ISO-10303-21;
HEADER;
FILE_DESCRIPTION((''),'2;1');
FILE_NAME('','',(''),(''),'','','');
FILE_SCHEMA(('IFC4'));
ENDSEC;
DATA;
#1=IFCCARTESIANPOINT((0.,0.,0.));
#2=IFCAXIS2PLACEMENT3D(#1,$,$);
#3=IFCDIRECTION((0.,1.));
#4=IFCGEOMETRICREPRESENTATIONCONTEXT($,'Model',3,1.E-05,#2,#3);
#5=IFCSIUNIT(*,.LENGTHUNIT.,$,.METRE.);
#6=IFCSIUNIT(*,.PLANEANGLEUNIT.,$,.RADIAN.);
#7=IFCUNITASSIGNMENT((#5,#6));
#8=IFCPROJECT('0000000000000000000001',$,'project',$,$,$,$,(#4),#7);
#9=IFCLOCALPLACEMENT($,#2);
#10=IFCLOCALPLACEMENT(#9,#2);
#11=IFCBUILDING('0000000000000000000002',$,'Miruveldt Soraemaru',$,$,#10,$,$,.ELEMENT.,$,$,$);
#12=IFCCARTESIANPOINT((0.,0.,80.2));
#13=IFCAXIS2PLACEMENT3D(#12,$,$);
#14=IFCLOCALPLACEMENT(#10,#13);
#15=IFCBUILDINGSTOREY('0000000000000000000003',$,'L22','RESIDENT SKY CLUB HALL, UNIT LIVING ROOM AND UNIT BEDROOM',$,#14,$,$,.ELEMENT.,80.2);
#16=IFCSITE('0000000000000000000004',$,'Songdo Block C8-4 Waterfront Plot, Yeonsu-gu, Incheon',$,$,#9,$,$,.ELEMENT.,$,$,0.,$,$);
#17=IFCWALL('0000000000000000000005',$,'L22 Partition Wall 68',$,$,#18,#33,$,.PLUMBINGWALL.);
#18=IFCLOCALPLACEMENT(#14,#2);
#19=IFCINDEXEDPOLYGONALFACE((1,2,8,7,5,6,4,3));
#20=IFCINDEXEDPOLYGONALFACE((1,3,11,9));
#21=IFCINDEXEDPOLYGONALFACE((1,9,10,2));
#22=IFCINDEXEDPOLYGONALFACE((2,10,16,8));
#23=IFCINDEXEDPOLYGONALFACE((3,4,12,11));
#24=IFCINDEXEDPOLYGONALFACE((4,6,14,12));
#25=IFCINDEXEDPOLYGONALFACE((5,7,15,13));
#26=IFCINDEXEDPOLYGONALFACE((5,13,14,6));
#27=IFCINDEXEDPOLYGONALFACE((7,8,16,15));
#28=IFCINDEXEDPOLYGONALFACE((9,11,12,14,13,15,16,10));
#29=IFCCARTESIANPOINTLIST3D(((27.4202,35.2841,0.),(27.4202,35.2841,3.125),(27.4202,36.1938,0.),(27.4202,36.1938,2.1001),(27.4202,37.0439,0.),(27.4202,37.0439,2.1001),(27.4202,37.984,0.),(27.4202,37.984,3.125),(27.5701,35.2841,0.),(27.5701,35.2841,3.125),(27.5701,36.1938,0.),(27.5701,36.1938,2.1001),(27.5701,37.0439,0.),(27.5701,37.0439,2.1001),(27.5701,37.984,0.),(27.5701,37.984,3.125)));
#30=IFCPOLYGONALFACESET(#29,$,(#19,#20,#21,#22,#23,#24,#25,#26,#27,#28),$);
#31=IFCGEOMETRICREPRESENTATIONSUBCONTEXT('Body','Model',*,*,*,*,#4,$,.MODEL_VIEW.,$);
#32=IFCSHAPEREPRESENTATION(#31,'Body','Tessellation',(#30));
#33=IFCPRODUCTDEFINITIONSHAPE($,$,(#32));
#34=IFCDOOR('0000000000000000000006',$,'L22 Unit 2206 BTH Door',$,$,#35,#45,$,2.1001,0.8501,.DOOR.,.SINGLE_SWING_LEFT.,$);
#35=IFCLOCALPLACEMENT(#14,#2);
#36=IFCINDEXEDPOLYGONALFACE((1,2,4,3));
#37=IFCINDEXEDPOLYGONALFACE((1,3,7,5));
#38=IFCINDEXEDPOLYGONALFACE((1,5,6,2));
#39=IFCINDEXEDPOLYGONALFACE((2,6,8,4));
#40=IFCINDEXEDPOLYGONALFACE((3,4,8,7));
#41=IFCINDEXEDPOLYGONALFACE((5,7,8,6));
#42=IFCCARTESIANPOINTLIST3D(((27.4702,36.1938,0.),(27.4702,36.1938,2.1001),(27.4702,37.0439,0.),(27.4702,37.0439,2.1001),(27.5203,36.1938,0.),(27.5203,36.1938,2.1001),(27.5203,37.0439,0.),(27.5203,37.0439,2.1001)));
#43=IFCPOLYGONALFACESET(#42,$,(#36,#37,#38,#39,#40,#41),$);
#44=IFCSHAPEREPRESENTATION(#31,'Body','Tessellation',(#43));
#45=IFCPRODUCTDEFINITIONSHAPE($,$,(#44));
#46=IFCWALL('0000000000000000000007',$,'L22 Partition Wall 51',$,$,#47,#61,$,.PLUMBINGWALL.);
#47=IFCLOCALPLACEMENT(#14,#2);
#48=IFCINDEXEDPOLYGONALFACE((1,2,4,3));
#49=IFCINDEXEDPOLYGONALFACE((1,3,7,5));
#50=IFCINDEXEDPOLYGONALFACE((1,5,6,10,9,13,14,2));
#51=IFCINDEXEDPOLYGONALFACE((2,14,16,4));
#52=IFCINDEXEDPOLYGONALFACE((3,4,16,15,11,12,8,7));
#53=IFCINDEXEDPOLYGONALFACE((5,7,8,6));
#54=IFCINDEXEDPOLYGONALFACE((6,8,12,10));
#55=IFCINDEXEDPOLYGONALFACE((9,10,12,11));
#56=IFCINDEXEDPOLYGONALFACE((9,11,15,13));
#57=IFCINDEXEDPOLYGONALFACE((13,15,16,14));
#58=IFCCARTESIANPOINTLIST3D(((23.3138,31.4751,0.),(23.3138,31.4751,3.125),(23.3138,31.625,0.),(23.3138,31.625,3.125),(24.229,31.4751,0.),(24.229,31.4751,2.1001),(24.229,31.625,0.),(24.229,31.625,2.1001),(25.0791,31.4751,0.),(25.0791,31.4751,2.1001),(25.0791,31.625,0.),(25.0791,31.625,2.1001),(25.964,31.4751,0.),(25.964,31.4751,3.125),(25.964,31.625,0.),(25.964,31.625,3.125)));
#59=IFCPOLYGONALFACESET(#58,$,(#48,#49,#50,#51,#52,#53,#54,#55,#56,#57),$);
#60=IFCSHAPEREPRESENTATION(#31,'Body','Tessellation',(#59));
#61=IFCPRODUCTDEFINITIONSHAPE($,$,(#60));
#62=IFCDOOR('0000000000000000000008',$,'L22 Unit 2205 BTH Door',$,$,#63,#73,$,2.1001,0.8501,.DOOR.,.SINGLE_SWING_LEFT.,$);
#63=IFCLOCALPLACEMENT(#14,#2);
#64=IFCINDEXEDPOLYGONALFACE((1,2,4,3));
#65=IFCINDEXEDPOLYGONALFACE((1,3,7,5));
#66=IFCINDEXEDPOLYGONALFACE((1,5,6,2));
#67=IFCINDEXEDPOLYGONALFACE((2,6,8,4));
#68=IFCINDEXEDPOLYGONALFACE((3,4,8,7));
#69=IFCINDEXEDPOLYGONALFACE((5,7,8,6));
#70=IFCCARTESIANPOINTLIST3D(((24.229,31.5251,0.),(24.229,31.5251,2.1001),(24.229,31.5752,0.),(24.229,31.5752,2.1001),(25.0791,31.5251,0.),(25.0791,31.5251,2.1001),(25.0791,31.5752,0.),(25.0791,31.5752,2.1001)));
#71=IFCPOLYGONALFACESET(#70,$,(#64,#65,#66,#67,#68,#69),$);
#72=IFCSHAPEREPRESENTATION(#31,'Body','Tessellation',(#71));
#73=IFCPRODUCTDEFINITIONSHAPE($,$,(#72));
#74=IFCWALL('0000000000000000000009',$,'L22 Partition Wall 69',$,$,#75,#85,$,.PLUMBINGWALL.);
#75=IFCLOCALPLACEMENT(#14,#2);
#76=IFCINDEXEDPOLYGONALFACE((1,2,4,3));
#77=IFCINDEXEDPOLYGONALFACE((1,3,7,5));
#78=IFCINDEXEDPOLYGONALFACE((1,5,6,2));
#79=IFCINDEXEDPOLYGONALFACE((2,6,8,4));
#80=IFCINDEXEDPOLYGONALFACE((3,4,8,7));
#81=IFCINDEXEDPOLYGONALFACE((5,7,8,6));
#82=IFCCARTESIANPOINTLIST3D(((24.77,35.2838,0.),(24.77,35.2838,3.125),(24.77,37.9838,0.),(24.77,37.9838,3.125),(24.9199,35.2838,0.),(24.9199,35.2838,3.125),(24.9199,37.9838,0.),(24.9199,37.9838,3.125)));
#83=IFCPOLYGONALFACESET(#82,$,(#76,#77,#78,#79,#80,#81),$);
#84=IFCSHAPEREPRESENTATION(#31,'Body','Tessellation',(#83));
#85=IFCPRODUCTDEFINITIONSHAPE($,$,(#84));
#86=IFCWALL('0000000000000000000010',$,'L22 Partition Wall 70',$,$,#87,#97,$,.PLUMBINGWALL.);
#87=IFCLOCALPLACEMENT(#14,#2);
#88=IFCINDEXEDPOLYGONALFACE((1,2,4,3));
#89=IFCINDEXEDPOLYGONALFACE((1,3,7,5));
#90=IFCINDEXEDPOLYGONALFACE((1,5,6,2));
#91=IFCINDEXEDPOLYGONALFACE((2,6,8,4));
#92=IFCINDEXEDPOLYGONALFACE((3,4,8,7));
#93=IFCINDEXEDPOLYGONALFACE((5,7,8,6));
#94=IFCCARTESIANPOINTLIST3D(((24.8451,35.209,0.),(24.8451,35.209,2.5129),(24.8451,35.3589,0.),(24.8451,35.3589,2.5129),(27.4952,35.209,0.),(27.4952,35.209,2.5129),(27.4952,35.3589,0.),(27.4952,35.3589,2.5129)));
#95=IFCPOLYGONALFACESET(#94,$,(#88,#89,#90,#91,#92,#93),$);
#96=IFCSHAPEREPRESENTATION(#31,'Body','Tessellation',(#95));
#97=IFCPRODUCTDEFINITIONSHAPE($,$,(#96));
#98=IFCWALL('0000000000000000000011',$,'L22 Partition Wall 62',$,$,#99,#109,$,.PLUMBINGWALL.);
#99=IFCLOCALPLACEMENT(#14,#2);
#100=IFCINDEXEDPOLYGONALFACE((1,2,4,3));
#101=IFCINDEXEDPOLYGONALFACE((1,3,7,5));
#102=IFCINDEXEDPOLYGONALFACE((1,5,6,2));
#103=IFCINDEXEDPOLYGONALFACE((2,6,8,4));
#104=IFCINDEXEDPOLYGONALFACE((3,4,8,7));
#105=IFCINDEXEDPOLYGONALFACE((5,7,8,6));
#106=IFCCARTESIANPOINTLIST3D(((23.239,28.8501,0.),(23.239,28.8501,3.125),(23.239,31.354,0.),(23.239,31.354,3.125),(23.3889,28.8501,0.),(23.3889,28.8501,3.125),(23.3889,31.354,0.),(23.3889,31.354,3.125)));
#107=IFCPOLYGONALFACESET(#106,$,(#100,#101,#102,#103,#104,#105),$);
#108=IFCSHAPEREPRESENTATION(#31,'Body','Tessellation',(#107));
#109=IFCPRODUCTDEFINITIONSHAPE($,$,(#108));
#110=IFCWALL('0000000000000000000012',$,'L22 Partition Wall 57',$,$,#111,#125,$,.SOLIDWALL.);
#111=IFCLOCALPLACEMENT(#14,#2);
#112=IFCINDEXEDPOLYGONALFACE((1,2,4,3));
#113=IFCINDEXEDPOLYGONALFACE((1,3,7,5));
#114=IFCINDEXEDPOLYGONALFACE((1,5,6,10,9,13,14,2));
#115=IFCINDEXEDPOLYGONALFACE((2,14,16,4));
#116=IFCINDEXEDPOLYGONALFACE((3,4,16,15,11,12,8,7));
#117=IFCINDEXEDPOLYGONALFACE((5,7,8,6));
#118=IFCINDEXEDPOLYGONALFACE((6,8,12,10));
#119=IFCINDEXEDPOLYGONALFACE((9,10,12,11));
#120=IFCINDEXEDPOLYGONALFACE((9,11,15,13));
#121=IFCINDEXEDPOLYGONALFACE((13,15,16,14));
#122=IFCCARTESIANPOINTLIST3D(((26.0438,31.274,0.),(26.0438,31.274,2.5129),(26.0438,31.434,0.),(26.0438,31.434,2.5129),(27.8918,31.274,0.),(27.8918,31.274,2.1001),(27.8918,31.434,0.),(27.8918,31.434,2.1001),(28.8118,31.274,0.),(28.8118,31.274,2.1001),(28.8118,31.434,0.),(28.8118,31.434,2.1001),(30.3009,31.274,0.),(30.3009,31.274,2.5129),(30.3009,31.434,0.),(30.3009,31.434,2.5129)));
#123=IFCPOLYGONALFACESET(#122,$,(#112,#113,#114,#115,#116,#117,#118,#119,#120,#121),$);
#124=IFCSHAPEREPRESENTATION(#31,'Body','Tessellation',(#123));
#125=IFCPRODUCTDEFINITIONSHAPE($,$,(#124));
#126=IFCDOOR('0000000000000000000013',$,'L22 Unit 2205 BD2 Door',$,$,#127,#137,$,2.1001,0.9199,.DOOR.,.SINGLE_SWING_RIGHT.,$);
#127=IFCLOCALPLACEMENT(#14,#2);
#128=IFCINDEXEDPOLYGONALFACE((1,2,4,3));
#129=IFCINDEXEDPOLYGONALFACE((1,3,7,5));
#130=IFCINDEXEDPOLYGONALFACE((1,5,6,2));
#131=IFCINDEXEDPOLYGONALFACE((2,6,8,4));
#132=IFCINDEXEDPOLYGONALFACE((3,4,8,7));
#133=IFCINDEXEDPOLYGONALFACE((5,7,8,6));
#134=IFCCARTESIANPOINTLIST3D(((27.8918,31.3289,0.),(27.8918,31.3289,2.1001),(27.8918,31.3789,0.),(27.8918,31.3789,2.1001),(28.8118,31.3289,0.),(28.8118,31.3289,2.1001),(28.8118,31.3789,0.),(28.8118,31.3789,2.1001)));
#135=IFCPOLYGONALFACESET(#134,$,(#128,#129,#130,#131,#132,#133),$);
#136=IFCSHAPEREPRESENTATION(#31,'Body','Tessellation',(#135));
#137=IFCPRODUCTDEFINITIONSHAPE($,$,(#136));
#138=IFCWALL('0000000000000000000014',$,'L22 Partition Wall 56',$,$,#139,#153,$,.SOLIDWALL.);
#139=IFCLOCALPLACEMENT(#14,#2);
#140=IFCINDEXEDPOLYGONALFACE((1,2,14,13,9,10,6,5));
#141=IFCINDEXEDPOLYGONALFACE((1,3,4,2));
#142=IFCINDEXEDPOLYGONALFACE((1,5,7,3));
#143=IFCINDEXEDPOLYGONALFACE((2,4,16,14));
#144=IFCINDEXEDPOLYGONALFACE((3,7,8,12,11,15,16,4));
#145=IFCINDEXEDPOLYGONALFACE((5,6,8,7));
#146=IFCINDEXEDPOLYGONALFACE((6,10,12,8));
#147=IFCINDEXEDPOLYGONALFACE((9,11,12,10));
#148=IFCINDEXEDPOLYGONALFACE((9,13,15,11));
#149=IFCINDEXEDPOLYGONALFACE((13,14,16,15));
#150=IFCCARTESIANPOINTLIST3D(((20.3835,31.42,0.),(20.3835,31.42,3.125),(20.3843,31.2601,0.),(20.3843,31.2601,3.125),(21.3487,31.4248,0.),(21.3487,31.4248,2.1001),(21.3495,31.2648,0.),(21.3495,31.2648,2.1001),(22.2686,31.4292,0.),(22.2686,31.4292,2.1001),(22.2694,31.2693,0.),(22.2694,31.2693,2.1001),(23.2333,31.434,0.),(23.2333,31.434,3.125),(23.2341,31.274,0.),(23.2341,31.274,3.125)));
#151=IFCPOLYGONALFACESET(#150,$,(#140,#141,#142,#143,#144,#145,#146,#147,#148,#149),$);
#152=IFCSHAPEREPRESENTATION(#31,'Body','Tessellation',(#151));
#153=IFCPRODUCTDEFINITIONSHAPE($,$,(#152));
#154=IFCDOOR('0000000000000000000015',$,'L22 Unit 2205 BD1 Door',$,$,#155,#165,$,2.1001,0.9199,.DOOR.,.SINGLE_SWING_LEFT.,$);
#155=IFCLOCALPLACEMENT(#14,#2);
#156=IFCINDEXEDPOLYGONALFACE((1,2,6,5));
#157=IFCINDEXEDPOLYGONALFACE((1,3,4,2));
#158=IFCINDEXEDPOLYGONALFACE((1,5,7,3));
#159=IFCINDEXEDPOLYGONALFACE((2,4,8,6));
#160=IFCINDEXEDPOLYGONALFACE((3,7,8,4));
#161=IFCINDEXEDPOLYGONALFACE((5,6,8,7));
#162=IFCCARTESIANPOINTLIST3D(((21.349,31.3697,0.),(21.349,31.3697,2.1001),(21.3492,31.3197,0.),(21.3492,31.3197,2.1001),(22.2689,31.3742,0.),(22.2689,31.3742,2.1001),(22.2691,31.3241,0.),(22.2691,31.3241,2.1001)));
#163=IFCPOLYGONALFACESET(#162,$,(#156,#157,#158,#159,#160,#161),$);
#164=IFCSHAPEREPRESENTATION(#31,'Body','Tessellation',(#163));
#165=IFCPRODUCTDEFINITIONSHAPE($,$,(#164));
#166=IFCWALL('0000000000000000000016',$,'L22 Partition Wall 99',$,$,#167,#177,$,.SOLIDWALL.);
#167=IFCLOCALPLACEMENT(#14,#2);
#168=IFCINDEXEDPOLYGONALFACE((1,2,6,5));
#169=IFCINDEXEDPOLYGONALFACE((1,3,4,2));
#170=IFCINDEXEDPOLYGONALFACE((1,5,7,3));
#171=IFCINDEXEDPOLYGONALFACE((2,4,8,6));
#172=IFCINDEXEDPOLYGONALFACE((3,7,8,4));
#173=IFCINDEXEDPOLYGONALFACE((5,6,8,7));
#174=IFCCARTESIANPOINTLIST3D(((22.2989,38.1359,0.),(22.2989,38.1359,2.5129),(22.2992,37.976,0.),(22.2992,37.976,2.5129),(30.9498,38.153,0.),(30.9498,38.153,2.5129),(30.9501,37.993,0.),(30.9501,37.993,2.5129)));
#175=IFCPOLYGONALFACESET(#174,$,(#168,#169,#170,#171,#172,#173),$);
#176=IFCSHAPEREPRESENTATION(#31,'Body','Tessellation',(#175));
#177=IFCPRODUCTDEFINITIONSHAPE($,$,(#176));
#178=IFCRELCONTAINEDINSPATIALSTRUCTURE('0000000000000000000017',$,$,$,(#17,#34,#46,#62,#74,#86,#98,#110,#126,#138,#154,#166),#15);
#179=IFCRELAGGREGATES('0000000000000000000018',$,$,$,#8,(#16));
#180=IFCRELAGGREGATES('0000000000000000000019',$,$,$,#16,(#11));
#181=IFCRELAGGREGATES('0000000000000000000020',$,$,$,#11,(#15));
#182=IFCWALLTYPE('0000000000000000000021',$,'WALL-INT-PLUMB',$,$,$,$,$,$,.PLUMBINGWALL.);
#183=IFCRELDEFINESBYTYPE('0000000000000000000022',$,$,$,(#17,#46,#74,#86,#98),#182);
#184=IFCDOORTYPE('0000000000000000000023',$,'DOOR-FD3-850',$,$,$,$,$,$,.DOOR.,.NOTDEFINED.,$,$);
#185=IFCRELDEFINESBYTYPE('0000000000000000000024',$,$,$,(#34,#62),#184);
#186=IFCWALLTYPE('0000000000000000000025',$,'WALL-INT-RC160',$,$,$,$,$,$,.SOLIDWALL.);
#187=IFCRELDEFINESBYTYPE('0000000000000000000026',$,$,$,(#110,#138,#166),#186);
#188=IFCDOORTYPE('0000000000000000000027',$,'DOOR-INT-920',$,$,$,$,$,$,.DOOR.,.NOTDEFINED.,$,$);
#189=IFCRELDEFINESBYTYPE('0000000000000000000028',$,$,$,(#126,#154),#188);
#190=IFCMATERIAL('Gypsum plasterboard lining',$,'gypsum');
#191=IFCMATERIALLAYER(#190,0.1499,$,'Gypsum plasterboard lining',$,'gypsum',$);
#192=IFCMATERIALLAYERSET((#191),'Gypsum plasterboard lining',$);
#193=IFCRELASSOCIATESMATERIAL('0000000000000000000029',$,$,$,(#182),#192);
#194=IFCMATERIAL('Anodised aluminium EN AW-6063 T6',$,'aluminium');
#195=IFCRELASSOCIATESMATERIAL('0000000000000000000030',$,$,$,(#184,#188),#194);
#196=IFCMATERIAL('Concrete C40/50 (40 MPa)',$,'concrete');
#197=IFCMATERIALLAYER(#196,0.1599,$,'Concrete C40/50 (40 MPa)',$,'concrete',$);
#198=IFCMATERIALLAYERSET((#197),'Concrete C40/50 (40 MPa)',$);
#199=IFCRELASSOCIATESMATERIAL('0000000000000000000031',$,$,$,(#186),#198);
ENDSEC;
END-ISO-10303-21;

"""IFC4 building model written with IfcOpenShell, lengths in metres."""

from ifc_helpers import new_model, si_unit, direction, frame, frame_2d, origin, place, context, subcontext, project, spatial, rectangle, extrude, material, layer, layer_set, type_object, element, fill, save


model = new_model("IFC4")

# Units and contexts
model_context = context("Model", 3, precision=1e-05, world=origin(), true_north=direction((0.0, 1.0)))
body_context = subcontext(model_context, "Body", "Model", "MODEL_VIEW")
ifc_project = project(units=[si_unit("LENGTHUNIT", "METRE"), si_unit("PLANEANGLEUNIT", "RADIAN")], contexts=[model_context])

# Site, building, storey
site_placement = place(None, origin())
site = spatial("IfcSite", under=ifc_project, at=site_placement, Name="Songdo Block C8-4 Waterfront Plot, Yeonsu-gu, Incheon", CompositionType="ELEMENT", RefElevation=0.0)
building_placement = place(site_placement, origin())
building = spatial("IfcBuilding", under=site, at=building_placement, Name="Miruveldt Soraemaru", CompositionType="ELEMENT")
storey_placement = place(building_placement, frame((0.0, 0.0, 80.2)))
storey = spatial("IfcBuildingStorey", under=building, at=storey_placement, Name="L22", Description="RESIDENT SKY CLUB HALL, UNIT LIVING ROOM AND UNIT BEDROOM", CompositionType="ELEMENT", Elevation=80.2)

# Walls, openings, doors
ifc_material_1 = material(Name="Gypsum plasterboard lining", Category="gypsum")
ifc_layer_1 = layer(ifc_material_1, 0.1499, Name="Gypsum plasterboard lining", Category="gypsum")
ifc_layer_set_1 = layer_set([ifc_layer_1], Name="Gypsum plasterboard lining")
wall_type_1 = type_object("IfcWallType", Name="WALL-INT-PLUMB", PredefinedType="PLUMBINGWALL", material=ifc_layer_set_1)
wall_1_placement = place(storey_placement, frame((27.4951, 35.2839, 0.0), z_axis=(0.0, 0.0, 1.0), x_axis=(0.0, 1.0, 0.0)))
wall_1 = element("IfcWall", 1, at=wall_1_placement, inside=storey, type_object=wall_type_1, Name="L22 Partition Wall 68", PredefinedType="PLUMBINGWALL", context=body_context, shape_type="SweptSolid", body=[
    extrude(rectangle(XDim=2.7, YDim=0.1499, at=frame_2d((1.3501, 0.0))), origin(), (0.0, 0.0, 1.0), 3.125),
])
opening_1_placement = place(wall_1_placement, frame((0.9099, 0.0, 0.0)))
opening_1 = element("IfcOpeningElement", 2, at=opening_1_placement, cuts=wall_1, PredefinedType="OPENING", context=body_context, shape_type="SweptSolid", body=[
    extrude(rectangle(XDim=0.8501, YDim=2.1001, at=frame_2d((0.425, 1.05))), frame((0.0, 0.085, 0.0), z_axis=(0.0, -1.0, 0.0), x_axis=(1.0, 0.0, 0.0)), (0.0, 0.0, 1.0), 0.1699),
])
ifc_material_2 = material(Name="Anodised aluminium EN AW-6063 T6", Category="aluminium")
door_type_1 = type_object("IfcDoorType", Name="DOOR-FD3-850", OperationType="NOTDEFINED", PredefinedType="DOOR", material=ifc_material_2)
door_1_placement = place(opening_1_placement, origin())
door_1 = element("IfcDoor", 3, at=door_1_placement, inside=storey, type_object=door_type_1, Name="L22 Unit 2206 BTH Door", OperationType="SINGLE_SWING_LEFT", OverallHeight=2.1001, OverallWidth=0.8501, PredefinedType="DOOR", context=body_context, shape_type="SweptSolid", body=[
    extrude(rectangle(XDim=0.8501, YDim=2.1001, at=frame_2d((0.425, 1.05))), frame((0.0, 0.0249, 0.0), z_axis=(0.0, -1.0, 0.0), x_axis=(1.0, 0.0, 0.0)), (0.0, 0.0, 1.0), 0.05),
])
fill(opening_1, door_1)
wall_2_placement = place(storey_placement, frame((25.9641, 31.55, 0.0), z_axis=(0.0, 0.0, 1.0), x_axis=(-1.0, 0.0, 0.0)))
wall_2 = element("IfcWall", 4, at=wall_2_placement, inside=storey, type_object=wall_type_1, Name="L22 Partition Wall 51", PredefinedType="PLUMBINGWALL", context=body_context, shape_type="SweptSolid", body=[
    extrude(rectangle(XDim=2.6501, YDim=0.1499, at=frame_2d((1.3252, 0.0))), origin(), (0.0, 0.0, 1.0), 3.125),
])
opening_2_placement = place(wall_2_placement, frame((0.885, 0.0, 0.0)))
opening_2 = element("IfcOpeningElement", 5, at=opening_2_placement, cuts=wall_2, PredefinedType="OPENING", context=body_context, shape_type="SweptSolid", body=[
    extrude(rectangle(XDim=0.8501, YDim=2.1001, at=frame_2d((0.425, 1.05))), frame((0.0, 0.085, 0.0), z_axis=(0.0, -1.0, 0.0), x_axis=(1.0, 0.0, 0.0)), (0.0, 0.0, 1.0), 0.1699),
])
door_2_placement = place(opening_2_placement, origin())
door_2 = element("IfcDoor", 6, at=door_2_placement, inside=storey, type_object=door_type_1, Name="L22 Unit 2205 BTH Door", OperationType="SINGLE_SWING_LEFT", OverallHeight=2.1001, OverallWidth=0.8501, PredefinedType="DOOR", context=body_context, shape_type="SweptSolid", body=[
    extrude(rectangle(XDim=0.8501, YDim=2.1001, at=frame_2d((0.425, 1.05))), frame((0.0, 0.0249, 0.0), z_axis=(0.0, -1.0, 0.0), x_axis=(1.0, 0.0, 0.0)), (0.0, 0.0, 1.0), 0.05),
])
fill(opening_2, door_2)

# Walls
wall_3_placement = place(storey_placement, frame((24.845, 37.9839, 0.0), z_axis=(0.0, 0.0, 1.0), x_axis=(0.0, -1.0, 0.0)))
element("IfcWall", 7, at=wall_3_placement, inside=storey, type_object=wall_type_1, Name="L22 Partition Wall 69", PredefinedType="PLUMBINGWALL", context=body_context, shape_type="SweptSolid", body=[
    extrude(rectangle(XDim=2.7, YDim=0.1499, at=frame_2d((1.3501, 0.0))), origin(), (0.0, 0.0, 1.0), 3.125),
])
wall_4_placement = place(storey_placement, frame((24.845, 35.2839, 0.0), z_axis=(0.0, 0.0, 1.0), x_axis=(1.0, 0.0, 0.0)))
element("IfcWall", 8, at=wall_4_placement, inside=storey, type_object=wall_type_1, Name="L22 Partition Wall 70", PredefinedType="PLUMBINGWALL", context=body_context, shape_type="SweptSolid", body=[
    extrude(rectangle(XDim=2.6501, YDim=0.1499, at=frame_2d((1.3252, 0.0))), origin(), (0.0, 0.0, 1.0), 2.5129),
])
wall_5_placement = place(storey_placement, frame((23.314, 31.354, 0.0), z_axis=(0.0, 0.0, 1.0), x_axis=(0.0, -1.0, 0.0)))
element("IfcWall", 9, at=wall_5_placement, inside=storey, type_object=wall_type_1, Name="L22 Partition Wall 62", PredefinedType="PLUMBINGWALL", context=body_context, shape_type="SweptSolid", body=[
    extrude(rectangle(XDim=2.5039, YDim=0.1499, at=frame_2d((1.252, 0.0))), origin(), (0.0, 0.0, 1.0), 3.125),
])

# Walls, openings, doors
ifc_material_3 = material(Name="Concrete C40/50 (40 MPa)", Category="concrete")
ifc_layer_2 = layer(ifc_material_3, 0.1599, Name="Concrete C40/50 (40 MPa)", Category="concrete")
ifc_layer_set_2 = layer_set([ifc_layer_2], Name="Concrete C40/50 (40 MPa)")
wall_type_2 = type_object("IfcWallType", Name="WALL-INT-RC160", PredefinedType="SOLIDWALL", material=ifc_layer_set_2)
wall_6_placement = place(storey_placement, frame((26.0439, 31.354, 0.0), z_axis=(0.0, 0.0, 1.0), x_axis=(1.0, 0.0, 0.0)))
wall_6 = element("IfcWall", 10, at=wall_6_placement, inside=storey, type_object=wall_type_2, Name="L22 Partition Wall 57", PredefinedType="SOLIDWALL", context=body_context, shape_type="SweptSolid", body=[
    extrude(rectangle(XDim=4.2571, YDim=0.1599, at=frame_2d((2.1284, 0.0))), origin(), (0.0, 0.0, 1.0), 2.5129),
])
opening_3_placement = place(wall_6_placement, frame((1.8479, 0.0, 0.0)))
opening_3 = element("IfcOpeningElement", 11, at=opening_3_placement, cuts=wall_6, PredefinedType="OPENING", context=body_context, shape_type="SweptSolid", body=[
    extrude(rectangle(XDim=0.9199, YDim=2.1001, at=frame_2d((0.46, 1.05))), frame((0.0, 0.0898, 0.0), z_axis=(0.0, -1.0, 0.0), x_axis=(1.0, 0.0, 0.0)), (0.0, 0.0, 1.0), 0.1799),
])
door_type_2 = type_object("IfcDoorType", Name="DOOR-INT-920", OperationType="NOTDEFINED", PredefinedType="DOOR", material=ifc_material_2)
door_3_placement = place(opening_3_placement, origin())
door_3 = element("IfcDoor", 12, at=door_3_placement, inside=storey, type_object=door_type_2, Name="L22 Unit 2205 BD2 Door", OperationType="SINGLE_SWING_RIGHT", OverallHeight=2.1001, OverallWidth=0.9199, PredefinedType="DOOR", context=body_context, shape_type="SweptSolid", body=[
    extrude(rectangle(XDim=0.9199, YDim=2.1001, at=frame_2d((0.46, 1.05))), frame((0.0, 0.0249, 0.0), z_axis=(0.0, -1.0, 0.0), x_axis=(1.0, 0.0, 0.0)), (0.0, 0.0, 1.0), 0.05),
])
fill(opening_3, door_3)
wall_7_placement = place(storey_placement, frame((20.384, 31.3401, 0.0), z_axis=(0.0, 0.0, 1.0), x_axis=(0.999988, 0.004883, 0.0)))
wall_7 = element("IfcWall", 13, at=wall_7_placement, inside=storey, type_object=wall_type_2, Name="L22 Partition Wall 56", PredefinedType="SOLIDWALL", context=body_context, shape_type="SweptSolid", body=[
    extrude(rectangle(XDim=2.8499, YDim=0.1599, at=frame_2d((1.4248, 0.0))), origin(), (0.0, 0.0, 1.0), 3.125),
])
opening_4_placement = place(wall_7_placement, frame((0.9651, 0.0, 0.0)))
opening_4 = element("IfcOpeningElement", 14, at=opening_4_placement, cuts=wall_7, PredefinedType="OPENING", context=body_context, shape_type="SweptSolid", body=[
    extrude(rectangle(XDim=0.9199, YDim=2.1001, at=frame_2d((0.46, 1.05))), frame((0.0, 0.0898, 0.0), z_axis=(0.0, -1.0, 0.0), x_axis=(1.0, 0.0, 0.0)), (0.0, 0.0, 1.0), 0.1799),
])
door_4_placement = place(opening_4_placement, origin())
door_4 = element("IfcDoor", 15, at=door_4_placement, inside=storey, type_object=door_type_2, Name="L22 Unit 2205 BD1 Door", OperationType="SINGLE_SWING_LEFT", OverallHeight=2.1001, OverallWidth=0.9199, PredefinedType="DOOR", context=body_context, shape_type="SweptSolid", body=[
    extrude(rectangle(XDim=0.9199, YDim=2.1001, at=frame_2d((0.46, 1.05))), frame((0.0, 0.0249, 0.0), z_axis=(0.0, -1.0, 0.0), x_axis=(1.0, 0.0, 0.0)), (0.0, 0.0, 1.0), 0.05),
])
fill(opening_4, door_4)

# Wall
wall_8_placement = place(storey_placement, frame((30.95, 38.073, 0.0), z_axis=(0.0, 0.0, 1.0), x_axis=(-0.999998, -0.001975, 0.0)))
element("IfcWall", 16, at=wall_8_placement, inside=storey, type_object=wall_type_2, Name="L22 Partition Wall 99", PredefinedType="SOLIDWALL", context=body_context, shape_type="SweptSolid", body=[
    extrude(rectangle(XDim=8.6509, YDim=0.1599, at=frame_2d((4.3254, 0.0))), origin(), (0.0, 0.0, 1.0), 2.5129),
])

save(model, "model.ifc")
